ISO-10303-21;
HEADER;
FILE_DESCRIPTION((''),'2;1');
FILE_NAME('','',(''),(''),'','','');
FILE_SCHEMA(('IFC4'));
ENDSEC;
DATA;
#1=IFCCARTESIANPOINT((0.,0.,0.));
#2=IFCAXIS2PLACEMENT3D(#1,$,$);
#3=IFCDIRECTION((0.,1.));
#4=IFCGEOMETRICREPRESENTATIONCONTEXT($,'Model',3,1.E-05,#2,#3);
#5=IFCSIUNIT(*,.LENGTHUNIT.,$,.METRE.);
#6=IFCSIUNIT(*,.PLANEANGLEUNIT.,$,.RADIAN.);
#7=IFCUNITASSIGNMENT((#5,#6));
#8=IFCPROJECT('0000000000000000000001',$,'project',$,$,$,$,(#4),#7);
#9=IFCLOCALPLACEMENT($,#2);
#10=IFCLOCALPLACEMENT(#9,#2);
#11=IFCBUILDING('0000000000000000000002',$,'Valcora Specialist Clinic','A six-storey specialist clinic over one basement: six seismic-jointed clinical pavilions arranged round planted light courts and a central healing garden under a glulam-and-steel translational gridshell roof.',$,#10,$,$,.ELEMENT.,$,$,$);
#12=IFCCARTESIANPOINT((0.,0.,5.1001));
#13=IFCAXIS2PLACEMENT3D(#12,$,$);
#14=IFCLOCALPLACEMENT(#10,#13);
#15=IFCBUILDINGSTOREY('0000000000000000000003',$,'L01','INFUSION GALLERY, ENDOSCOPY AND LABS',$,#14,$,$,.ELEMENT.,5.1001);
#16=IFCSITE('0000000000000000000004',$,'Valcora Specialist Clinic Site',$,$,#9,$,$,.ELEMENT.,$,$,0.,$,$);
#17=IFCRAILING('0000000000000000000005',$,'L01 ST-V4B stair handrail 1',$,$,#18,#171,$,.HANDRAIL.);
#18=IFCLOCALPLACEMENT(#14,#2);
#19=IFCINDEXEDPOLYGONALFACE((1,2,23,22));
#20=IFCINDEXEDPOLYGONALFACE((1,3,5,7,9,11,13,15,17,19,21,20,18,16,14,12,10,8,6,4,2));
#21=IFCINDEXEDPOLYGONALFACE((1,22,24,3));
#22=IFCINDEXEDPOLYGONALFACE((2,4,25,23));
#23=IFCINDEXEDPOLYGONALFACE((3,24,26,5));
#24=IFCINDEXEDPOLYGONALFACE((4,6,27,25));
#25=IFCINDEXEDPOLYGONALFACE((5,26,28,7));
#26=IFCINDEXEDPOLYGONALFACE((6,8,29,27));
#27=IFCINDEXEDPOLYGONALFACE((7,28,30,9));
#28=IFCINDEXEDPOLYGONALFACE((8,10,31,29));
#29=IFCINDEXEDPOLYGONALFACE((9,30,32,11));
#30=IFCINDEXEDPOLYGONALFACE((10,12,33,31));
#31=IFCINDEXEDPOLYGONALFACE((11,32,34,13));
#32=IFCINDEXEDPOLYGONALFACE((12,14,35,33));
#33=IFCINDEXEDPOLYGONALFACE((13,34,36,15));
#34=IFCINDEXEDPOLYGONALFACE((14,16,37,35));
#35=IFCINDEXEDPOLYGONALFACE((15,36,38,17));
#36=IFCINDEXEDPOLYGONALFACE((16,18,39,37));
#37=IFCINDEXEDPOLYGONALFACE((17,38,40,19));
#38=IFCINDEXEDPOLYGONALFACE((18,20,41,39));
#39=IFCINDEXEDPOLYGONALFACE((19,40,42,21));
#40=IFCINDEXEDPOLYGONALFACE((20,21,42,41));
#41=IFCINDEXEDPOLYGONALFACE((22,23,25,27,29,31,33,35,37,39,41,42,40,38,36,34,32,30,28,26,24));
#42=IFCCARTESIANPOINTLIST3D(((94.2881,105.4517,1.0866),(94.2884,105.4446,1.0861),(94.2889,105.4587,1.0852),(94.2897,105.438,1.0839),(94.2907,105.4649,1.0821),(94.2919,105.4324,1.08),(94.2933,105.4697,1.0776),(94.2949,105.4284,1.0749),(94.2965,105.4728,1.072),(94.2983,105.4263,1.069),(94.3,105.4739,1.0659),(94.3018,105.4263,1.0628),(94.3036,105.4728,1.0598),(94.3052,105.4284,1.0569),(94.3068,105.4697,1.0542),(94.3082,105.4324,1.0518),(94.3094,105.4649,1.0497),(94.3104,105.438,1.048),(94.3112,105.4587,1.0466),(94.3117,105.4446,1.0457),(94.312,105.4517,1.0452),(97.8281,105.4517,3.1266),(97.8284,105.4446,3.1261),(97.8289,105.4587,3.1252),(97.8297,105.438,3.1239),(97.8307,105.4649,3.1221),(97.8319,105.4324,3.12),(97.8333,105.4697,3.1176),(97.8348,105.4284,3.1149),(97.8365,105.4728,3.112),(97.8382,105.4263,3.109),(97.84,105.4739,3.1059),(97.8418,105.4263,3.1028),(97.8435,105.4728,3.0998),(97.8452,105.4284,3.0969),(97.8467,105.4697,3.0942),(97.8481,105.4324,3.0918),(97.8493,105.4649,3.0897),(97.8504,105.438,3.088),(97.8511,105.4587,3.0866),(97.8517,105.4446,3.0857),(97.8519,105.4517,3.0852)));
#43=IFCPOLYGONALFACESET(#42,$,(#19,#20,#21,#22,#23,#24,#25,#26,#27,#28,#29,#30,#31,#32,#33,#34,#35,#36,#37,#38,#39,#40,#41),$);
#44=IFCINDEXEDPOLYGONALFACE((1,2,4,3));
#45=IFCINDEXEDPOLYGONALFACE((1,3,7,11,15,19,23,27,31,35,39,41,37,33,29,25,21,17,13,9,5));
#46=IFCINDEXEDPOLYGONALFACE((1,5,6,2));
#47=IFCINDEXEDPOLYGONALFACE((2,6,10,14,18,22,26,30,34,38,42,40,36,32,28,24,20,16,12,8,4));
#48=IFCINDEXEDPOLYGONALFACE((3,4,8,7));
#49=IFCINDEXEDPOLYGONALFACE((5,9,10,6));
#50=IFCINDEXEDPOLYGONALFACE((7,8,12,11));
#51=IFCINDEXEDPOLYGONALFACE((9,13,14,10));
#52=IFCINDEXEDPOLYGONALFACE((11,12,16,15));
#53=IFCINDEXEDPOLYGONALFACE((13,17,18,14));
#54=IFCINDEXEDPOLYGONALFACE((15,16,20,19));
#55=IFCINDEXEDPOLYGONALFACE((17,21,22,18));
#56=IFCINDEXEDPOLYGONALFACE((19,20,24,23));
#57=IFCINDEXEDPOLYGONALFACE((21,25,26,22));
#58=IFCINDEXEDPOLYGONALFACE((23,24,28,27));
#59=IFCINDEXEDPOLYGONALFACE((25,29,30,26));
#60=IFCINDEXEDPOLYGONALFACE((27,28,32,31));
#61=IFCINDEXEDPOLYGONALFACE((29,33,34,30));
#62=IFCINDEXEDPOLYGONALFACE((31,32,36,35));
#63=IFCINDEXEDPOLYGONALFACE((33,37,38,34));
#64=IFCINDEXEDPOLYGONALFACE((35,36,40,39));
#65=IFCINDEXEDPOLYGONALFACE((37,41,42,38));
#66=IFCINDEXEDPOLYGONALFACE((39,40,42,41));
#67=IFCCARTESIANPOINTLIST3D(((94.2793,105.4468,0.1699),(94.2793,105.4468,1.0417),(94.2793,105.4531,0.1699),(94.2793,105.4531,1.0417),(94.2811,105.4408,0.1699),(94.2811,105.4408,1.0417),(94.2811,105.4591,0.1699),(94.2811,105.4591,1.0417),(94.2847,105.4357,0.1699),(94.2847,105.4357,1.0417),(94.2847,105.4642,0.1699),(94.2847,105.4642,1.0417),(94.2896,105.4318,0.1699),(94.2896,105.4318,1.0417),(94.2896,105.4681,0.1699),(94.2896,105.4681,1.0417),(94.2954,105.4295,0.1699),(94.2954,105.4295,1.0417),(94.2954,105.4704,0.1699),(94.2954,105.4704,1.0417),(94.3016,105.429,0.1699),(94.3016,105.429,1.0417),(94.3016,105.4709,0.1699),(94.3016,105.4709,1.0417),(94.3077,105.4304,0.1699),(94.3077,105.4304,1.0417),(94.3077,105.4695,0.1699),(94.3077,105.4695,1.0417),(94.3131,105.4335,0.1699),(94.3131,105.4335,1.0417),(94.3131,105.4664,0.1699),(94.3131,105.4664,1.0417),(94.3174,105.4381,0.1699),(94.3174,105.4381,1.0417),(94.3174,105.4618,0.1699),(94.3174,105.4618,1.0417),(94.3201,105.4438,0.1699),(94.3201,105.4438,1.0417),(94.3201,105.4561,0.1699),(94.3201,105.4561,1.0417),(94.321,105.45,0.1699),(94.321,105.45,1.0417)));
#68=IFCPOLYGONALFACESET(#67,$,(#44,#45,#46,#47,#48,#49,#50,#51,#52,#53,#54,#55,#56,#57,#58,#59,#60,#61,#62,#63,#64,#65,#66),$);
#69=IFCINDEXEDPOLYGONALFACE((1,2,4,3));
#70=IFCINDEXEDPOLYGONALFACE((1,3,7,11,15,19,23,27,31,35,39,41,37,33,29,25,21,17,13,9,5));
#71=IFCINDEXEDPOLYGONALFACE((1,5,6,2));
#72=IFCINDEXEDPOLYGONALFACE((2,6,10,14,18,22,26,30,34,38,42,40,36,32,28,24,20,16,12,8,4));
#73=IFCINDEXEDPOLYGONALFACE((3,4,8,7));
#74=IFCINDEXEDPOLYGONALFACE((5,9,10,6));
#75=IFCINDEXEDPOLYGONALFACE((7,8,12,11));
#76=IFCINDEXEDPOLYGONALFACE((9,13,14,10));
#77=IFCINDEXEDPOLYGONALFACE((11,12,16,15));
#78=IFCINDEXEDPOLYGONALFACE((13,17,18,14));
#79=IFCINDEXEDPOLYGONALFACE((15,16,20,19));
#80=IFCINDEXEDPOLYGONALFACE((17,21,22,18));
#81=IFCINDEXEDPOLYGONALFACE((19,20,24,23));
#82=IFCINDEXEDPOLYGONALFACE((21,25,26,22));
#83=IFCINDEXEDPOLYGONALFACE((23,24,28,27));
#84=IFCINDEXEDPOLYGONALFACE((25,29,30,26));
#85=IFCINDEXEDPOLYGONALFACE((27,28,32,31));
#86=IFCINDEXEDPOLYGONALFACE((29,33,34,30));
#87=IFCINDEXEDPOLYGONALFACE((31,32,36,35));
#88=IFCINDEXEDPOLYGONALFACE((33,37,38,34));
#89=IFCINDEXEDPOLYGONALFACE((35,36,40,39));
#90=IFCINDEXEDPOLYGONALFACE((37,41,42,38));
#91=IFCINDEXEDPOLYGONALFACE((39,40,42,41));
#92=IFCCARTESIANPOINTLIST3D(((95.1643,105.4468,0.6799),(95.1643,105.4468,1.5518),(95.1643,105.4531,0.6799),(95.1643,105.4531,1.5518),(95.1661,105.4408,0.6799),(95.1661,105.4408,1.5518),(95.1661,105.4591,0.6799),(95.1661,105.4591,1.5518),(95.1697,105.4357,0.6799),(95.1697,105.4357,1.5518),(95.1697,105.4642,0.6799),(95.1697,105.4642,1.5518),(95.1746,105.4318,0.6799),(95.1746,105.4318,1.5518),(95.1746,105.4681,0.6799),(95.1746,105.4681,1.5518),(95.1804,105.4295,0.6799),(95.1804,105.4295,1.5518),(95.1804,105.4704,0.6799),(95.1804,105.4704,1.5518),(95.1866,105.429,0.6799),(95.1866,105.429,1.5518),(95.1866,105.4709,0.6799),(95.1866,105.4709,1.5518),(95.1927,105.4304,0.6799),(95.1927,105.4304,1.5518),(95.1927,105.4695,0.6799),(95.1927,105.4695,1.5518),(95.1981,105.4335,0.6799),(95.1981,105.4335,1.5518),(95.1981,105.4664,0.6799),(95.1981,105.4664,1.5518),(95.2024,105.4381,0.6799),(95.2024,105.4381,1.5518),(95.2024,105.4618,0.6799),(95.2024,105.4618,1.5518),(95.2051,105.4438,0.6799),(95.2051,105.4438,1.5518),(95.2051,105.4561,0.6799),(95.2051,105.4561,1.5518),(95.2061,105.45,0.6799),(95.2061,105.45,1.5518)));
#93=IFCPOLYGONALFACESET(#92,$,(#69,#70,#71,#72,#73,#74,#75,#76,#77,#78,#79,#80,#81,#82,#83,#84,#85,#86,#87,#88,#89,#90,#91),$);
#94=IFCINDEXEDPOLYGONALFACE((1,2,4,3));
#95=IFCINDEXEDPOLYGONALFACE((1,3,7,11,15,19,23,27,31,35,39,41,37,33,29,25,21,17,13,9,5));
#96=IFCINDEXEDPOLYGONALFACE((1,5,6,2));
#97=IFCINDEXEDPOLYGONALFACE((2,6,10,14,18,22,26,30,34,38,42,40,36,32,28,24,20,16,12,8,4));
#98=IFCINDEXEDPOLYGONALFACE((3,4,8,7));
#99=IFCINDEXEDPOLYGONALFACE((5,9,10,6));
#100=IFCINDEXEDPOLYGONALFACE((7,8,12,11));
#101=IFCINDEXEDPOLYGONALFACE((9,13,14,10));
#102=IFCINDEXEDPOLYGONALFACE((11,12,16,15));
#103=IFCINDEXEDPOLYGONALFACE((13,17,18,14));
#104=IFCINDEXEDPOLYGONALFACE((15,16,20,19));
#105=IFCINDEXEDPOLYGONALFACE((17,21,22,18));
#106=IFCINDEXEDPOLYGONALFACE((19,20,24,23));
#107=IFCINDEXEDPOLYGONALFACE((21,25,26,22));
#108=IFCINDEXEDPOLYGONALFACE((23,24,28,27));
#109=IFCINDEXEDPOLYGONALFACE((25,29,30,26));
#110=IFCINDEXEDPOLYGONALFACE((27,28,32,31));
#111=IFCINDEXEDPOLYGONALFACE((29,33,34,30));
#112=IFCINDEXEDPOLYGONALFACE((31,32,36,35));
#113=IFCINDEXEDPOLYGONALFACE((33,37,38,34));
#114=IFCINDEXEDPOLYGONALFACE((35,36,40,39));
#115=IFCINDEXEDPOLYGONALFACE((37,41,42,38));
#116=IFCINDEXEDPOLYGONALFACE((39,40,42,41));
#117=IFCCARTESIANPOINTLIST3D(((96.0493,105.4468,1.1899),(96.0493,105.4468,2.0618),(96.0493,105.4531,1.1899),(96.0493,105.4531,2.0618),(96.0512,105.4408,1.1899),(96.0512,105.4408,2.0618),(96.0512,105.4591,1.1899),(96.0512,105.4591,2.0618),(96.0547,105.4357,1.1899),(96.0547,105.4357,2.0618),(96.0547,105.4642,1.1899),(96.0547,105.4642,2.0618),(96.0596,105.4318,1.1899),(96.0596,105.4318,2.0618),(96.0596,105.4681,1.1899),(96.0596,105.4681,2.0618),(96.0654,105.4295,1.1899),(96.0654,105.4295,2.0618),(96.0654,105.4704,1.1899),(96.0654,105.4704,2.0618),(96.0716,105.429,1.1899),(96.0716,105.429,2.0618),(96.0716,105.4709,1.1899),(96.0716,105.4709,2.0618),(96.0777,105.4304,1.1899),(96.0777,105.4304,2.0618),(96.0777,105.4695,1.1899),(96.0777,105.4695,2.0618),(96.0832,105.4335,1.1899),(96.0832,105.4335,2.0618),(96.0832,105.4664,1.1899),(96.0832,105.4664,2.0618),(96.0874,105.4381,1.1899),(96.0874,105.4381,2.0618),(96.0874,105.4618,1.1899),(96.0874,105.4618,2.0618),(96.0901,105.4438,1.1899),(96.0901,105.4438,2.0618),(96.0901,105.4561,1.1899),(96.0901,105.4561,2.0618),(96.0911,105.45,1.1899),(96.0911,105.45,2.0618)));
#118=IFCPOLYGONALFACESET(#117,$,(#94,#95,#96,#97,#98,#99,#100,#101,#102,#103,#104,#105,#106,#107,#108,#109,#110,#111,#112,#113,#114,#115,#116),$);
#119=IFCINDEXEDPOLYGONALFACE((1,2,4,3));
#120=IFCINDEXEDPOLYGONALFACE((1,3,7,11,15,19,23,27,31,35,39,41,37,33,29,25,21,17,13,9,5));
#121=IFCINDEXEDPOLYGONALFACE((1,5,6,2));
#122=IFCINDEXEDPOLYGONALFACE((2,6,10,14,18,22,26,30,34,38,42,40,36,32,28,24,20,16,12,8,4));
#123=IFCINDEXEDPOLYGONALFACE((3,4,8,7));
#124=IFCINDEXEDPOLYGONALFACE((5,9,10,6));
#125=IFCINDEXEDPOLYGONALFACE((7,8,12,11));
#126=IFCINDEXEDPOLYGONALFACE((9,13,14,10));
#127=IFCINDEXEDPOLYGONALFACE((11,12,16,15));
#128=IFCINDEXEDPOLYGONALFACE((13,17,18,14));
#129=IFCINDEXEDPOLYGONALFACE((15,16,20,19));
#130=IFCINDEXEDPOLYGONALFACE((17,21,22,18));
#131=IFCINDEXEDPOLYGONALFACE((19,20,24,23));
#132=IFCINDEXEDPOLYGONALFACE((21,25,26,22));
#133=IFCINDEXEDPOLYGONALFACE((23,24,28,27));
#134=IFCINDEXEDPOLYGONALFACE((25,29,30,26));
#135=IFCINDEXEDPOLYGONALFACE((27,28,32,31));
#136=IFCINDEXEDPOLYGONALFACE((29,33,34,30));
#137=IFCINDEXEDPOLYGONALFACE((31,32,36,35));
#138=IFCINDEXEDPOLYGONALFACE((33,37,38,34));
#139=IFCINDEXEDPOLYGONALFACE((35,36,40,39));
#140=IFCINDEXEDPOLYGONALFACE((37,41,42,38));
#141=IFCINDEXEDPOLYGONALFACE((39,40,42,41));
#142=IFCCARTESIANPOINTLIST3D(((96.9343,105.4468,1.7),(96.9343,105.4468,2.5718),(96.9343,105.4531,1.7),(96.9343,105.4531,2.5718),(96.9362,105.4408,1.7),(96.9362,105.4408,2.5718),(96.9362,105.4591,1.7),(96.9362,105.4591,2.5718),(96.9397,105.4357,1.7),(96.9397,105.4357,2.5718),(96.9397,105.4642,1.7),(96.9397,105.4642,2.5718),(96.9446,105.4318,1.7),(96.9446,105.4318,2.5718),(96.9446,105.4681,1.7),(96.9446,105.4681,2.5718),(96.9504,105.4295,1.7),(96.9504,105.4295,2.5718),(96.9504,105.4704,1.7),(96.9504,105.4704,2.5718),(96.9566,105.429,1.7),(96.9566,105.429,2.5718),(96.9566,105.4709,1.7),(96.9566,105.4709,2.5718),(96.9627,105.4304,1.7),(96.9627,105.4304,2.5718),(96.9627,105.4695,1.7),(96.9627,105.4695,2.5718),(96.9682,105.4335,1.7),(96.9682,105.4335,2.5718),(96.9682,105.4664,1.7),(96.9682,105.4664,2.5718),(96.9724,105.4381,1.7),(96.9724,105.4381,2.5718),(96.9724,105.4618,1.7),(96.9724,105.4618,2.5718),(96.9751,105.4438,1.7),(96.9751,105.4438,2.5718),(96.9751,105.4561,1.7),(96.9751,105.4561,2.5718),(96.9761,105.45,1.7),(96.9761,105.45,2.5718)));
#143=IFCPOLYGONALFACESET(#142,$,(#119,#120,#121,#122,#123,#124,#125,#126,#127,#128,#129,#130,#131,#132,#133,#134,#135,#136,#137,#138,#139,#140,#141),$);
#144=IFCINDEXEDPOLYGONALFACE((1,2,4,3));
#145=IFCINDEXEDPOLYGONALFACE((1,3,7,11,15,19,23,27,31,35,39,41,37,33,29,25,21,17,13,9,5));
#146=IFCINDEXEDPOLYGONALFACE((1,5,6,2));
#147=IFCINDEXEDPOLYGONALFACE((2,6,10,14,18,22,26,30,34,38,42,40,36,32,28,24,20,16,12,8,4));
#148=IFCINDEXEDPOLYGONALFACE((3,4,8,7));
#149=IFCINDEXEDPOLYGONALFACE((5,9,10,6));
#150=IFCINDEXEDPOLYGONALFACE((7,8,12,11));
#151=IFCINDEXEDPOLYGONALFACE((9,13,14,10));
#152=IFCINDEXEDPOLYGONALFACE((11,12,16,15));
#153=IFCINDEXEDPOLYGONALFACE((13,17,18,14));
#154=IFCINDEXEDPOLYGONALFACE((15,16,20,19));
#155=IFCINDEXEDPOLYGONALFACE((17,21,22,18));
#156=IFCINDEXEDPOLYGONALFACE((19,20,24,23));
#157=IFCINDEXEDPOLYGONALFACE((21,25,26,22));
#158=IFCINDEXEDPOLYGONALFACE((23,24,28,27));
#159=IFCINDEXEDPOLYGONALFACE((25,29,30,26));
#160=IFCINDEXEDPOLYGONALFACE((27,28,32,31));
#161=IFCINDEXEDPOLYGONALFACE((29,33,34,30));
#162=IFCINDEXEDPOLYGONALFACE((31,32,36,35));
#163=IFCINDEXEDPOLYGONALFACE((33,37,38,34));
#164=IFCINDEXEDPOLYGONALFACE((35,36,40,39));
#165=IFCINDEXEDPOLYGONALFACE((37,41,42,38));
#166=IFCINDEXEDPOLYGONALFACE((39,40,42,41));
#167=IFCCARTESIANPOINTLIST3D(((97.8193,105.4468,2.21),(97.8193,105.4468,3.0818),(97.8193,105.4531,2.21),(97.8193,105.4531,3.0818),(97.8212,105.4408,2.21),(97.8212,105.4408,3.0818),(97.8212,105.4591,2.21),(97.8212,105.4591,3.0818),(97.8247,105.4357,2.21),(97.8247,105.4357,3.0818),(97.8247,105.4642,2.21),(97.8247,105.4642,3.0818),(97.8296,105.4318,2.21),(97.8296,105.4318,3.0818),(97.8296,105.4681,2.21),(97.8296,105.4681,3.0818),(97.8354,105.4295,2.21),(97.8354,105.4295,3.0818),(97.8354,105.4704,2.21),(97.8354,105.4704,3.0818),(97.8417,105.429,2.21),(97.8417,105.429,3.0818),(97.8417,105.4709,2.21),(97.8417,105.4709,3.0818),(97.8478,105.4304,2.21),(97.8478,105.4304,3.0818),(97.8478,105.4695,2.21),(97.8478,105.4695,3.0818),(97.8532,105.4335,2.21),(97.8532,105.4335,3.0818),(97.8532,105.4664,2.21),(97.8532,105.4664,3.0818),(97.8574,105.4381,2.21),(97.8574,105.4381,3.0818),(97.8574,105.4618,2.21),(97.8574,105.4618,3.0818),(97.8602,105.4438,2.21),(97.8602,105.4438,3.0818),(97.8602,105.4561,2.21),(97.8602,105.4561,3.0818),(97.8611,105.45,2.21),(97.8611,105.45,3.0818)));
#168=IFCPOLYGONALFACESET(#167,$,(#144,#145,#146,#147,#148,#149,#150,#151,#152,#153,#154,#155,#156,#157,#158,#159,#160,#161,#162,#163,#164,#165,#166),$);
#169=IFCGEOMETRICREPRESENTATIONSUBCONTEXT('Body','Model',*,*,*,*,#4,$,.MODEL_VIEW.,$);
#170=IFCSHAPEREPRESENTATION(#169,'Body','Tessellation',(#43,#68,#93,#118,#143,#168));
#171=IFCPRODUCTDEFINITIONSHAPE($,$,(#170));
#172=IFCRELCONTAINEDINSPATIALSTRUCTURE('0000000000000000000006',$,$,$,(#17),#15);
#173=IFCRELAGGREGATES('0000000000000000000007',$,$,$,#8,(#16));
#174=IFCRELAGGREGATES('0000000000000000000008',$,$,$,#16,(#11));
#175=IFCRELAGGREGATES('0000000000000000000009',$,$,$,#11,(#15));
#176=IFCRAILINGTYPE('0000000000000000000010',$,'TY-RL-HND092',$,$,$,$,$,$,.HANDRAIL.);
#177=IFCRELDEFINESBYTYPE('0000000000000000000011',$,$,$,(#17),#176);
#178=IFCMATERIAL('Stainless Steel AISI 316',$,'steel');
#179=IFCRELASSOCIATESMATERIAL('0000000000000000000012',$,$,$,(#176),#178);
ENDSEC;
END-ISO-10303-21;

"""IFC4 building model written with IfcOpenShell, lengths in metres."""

from ifc_helpers import new_model, si_unit, direction, frame, origin, origin_2d, place, context, subcontext, project, spatial, circle, extrude, material, type_object, element, save


model = new_model("IFC4")

# Units and contexts
model_context = context("Model", 3, precision=1e-05, world=origin(), true_north=direction((0.0, 1.0)))
body_context = subcontext(model_context, "Body", "Model", "MODEL_VIEW")
ifc_project = project(units=[si_unit("LENGTHUNIT", "METRE"), si_unit("PLANEANGLEUNIT", "RADIAN")], contexts=[model_context])

# Site, building, storey
site_placement = place(None, origin())
site = spatial("IfcSite", under=ifc_project, at=site_placement, Name="Valcora Specialist Clinic Site", CompositionType="ELEMENT", RefElevation=0.0)
building_placement = place(site_placement, origin())
building = spatial("IfcBuilding", under=site, at=building_placement, Name="Valcora Specialist Clinic", Description="A six-storey specialist clinic over one basement: six seismic-jointed clinical pavilions arranged round planted light courts and a central healing garden under a glulam-and-steel translational gridshell roof.", CompositionType="ELEMENT")
storey_placement = place(building_placement, frame((0.0, 0.0, 5.1001)))
storey = spatial("IfcBuildingStorey", under=building, at=storey_placement, Name="L01", Description="INFUSION GALLERY, ENDOSCOPY AND LABS", CompositionType="ELEMENT", Elevation=5.1001)

# Railing
ifc_material_1 = material(Name="Stainless Steel AISI 316", Category="steel")
railing_type_1 = type_object("IfcRailingType", Name="TY-RL-HND092", PredefinedType="HANDRAIL", material=ifc_material_1)
railing_1_placement = place(storey_placement, frame((94.3, 105.45, 0.1699)))
element("IfcRailing", 1, at=railing_1_placement, inside=storey, type_object=railing_type_1, Name="L01 ST-V4B stair handrail 1", PredefinedType="HANDRAIL", context=body_context, shape_type="SweptSolid", body=[
    extrude(circle(Radius=0.0239, at=origin_2d()), frame((0.0, 0.0, 0.896), z_axis=(0.866428, 0.0, 0.499302), x_axis=(0.0, 1.0, 0.0)), (0.0, 0.0, 1.0), 4.0857),
    extrude(circle(Radius=0.021, at=origin_2d()), origin(), (0.0, 0.0, 1.0), 0.8718),
    extrude(circle(Radius=0.021, at=origin_2d()), frame((0.885, 0.0, 0.51)), (0.0, 0.0, 1.0), 0.8718),
    extrude(circle(Radius=0.021, at=origin_2d()), frame((1.77, 0.0, 1.02)), (0.0, 0.0, 1.0), 0.8718),
    extrude(circle(Radius=0.021, at=origin_2d()), frame((2.655, 0.0, 1.53)), (0.0, 0.0, 1.0), 0.8718),
    extrude(circle(Radius=0.021, at=origin_2d()), frame((3.54, 0.0, 2.04)), (0.0, 0.0, 1.0), 0.8718),
])

save(model, "model.ifc")
